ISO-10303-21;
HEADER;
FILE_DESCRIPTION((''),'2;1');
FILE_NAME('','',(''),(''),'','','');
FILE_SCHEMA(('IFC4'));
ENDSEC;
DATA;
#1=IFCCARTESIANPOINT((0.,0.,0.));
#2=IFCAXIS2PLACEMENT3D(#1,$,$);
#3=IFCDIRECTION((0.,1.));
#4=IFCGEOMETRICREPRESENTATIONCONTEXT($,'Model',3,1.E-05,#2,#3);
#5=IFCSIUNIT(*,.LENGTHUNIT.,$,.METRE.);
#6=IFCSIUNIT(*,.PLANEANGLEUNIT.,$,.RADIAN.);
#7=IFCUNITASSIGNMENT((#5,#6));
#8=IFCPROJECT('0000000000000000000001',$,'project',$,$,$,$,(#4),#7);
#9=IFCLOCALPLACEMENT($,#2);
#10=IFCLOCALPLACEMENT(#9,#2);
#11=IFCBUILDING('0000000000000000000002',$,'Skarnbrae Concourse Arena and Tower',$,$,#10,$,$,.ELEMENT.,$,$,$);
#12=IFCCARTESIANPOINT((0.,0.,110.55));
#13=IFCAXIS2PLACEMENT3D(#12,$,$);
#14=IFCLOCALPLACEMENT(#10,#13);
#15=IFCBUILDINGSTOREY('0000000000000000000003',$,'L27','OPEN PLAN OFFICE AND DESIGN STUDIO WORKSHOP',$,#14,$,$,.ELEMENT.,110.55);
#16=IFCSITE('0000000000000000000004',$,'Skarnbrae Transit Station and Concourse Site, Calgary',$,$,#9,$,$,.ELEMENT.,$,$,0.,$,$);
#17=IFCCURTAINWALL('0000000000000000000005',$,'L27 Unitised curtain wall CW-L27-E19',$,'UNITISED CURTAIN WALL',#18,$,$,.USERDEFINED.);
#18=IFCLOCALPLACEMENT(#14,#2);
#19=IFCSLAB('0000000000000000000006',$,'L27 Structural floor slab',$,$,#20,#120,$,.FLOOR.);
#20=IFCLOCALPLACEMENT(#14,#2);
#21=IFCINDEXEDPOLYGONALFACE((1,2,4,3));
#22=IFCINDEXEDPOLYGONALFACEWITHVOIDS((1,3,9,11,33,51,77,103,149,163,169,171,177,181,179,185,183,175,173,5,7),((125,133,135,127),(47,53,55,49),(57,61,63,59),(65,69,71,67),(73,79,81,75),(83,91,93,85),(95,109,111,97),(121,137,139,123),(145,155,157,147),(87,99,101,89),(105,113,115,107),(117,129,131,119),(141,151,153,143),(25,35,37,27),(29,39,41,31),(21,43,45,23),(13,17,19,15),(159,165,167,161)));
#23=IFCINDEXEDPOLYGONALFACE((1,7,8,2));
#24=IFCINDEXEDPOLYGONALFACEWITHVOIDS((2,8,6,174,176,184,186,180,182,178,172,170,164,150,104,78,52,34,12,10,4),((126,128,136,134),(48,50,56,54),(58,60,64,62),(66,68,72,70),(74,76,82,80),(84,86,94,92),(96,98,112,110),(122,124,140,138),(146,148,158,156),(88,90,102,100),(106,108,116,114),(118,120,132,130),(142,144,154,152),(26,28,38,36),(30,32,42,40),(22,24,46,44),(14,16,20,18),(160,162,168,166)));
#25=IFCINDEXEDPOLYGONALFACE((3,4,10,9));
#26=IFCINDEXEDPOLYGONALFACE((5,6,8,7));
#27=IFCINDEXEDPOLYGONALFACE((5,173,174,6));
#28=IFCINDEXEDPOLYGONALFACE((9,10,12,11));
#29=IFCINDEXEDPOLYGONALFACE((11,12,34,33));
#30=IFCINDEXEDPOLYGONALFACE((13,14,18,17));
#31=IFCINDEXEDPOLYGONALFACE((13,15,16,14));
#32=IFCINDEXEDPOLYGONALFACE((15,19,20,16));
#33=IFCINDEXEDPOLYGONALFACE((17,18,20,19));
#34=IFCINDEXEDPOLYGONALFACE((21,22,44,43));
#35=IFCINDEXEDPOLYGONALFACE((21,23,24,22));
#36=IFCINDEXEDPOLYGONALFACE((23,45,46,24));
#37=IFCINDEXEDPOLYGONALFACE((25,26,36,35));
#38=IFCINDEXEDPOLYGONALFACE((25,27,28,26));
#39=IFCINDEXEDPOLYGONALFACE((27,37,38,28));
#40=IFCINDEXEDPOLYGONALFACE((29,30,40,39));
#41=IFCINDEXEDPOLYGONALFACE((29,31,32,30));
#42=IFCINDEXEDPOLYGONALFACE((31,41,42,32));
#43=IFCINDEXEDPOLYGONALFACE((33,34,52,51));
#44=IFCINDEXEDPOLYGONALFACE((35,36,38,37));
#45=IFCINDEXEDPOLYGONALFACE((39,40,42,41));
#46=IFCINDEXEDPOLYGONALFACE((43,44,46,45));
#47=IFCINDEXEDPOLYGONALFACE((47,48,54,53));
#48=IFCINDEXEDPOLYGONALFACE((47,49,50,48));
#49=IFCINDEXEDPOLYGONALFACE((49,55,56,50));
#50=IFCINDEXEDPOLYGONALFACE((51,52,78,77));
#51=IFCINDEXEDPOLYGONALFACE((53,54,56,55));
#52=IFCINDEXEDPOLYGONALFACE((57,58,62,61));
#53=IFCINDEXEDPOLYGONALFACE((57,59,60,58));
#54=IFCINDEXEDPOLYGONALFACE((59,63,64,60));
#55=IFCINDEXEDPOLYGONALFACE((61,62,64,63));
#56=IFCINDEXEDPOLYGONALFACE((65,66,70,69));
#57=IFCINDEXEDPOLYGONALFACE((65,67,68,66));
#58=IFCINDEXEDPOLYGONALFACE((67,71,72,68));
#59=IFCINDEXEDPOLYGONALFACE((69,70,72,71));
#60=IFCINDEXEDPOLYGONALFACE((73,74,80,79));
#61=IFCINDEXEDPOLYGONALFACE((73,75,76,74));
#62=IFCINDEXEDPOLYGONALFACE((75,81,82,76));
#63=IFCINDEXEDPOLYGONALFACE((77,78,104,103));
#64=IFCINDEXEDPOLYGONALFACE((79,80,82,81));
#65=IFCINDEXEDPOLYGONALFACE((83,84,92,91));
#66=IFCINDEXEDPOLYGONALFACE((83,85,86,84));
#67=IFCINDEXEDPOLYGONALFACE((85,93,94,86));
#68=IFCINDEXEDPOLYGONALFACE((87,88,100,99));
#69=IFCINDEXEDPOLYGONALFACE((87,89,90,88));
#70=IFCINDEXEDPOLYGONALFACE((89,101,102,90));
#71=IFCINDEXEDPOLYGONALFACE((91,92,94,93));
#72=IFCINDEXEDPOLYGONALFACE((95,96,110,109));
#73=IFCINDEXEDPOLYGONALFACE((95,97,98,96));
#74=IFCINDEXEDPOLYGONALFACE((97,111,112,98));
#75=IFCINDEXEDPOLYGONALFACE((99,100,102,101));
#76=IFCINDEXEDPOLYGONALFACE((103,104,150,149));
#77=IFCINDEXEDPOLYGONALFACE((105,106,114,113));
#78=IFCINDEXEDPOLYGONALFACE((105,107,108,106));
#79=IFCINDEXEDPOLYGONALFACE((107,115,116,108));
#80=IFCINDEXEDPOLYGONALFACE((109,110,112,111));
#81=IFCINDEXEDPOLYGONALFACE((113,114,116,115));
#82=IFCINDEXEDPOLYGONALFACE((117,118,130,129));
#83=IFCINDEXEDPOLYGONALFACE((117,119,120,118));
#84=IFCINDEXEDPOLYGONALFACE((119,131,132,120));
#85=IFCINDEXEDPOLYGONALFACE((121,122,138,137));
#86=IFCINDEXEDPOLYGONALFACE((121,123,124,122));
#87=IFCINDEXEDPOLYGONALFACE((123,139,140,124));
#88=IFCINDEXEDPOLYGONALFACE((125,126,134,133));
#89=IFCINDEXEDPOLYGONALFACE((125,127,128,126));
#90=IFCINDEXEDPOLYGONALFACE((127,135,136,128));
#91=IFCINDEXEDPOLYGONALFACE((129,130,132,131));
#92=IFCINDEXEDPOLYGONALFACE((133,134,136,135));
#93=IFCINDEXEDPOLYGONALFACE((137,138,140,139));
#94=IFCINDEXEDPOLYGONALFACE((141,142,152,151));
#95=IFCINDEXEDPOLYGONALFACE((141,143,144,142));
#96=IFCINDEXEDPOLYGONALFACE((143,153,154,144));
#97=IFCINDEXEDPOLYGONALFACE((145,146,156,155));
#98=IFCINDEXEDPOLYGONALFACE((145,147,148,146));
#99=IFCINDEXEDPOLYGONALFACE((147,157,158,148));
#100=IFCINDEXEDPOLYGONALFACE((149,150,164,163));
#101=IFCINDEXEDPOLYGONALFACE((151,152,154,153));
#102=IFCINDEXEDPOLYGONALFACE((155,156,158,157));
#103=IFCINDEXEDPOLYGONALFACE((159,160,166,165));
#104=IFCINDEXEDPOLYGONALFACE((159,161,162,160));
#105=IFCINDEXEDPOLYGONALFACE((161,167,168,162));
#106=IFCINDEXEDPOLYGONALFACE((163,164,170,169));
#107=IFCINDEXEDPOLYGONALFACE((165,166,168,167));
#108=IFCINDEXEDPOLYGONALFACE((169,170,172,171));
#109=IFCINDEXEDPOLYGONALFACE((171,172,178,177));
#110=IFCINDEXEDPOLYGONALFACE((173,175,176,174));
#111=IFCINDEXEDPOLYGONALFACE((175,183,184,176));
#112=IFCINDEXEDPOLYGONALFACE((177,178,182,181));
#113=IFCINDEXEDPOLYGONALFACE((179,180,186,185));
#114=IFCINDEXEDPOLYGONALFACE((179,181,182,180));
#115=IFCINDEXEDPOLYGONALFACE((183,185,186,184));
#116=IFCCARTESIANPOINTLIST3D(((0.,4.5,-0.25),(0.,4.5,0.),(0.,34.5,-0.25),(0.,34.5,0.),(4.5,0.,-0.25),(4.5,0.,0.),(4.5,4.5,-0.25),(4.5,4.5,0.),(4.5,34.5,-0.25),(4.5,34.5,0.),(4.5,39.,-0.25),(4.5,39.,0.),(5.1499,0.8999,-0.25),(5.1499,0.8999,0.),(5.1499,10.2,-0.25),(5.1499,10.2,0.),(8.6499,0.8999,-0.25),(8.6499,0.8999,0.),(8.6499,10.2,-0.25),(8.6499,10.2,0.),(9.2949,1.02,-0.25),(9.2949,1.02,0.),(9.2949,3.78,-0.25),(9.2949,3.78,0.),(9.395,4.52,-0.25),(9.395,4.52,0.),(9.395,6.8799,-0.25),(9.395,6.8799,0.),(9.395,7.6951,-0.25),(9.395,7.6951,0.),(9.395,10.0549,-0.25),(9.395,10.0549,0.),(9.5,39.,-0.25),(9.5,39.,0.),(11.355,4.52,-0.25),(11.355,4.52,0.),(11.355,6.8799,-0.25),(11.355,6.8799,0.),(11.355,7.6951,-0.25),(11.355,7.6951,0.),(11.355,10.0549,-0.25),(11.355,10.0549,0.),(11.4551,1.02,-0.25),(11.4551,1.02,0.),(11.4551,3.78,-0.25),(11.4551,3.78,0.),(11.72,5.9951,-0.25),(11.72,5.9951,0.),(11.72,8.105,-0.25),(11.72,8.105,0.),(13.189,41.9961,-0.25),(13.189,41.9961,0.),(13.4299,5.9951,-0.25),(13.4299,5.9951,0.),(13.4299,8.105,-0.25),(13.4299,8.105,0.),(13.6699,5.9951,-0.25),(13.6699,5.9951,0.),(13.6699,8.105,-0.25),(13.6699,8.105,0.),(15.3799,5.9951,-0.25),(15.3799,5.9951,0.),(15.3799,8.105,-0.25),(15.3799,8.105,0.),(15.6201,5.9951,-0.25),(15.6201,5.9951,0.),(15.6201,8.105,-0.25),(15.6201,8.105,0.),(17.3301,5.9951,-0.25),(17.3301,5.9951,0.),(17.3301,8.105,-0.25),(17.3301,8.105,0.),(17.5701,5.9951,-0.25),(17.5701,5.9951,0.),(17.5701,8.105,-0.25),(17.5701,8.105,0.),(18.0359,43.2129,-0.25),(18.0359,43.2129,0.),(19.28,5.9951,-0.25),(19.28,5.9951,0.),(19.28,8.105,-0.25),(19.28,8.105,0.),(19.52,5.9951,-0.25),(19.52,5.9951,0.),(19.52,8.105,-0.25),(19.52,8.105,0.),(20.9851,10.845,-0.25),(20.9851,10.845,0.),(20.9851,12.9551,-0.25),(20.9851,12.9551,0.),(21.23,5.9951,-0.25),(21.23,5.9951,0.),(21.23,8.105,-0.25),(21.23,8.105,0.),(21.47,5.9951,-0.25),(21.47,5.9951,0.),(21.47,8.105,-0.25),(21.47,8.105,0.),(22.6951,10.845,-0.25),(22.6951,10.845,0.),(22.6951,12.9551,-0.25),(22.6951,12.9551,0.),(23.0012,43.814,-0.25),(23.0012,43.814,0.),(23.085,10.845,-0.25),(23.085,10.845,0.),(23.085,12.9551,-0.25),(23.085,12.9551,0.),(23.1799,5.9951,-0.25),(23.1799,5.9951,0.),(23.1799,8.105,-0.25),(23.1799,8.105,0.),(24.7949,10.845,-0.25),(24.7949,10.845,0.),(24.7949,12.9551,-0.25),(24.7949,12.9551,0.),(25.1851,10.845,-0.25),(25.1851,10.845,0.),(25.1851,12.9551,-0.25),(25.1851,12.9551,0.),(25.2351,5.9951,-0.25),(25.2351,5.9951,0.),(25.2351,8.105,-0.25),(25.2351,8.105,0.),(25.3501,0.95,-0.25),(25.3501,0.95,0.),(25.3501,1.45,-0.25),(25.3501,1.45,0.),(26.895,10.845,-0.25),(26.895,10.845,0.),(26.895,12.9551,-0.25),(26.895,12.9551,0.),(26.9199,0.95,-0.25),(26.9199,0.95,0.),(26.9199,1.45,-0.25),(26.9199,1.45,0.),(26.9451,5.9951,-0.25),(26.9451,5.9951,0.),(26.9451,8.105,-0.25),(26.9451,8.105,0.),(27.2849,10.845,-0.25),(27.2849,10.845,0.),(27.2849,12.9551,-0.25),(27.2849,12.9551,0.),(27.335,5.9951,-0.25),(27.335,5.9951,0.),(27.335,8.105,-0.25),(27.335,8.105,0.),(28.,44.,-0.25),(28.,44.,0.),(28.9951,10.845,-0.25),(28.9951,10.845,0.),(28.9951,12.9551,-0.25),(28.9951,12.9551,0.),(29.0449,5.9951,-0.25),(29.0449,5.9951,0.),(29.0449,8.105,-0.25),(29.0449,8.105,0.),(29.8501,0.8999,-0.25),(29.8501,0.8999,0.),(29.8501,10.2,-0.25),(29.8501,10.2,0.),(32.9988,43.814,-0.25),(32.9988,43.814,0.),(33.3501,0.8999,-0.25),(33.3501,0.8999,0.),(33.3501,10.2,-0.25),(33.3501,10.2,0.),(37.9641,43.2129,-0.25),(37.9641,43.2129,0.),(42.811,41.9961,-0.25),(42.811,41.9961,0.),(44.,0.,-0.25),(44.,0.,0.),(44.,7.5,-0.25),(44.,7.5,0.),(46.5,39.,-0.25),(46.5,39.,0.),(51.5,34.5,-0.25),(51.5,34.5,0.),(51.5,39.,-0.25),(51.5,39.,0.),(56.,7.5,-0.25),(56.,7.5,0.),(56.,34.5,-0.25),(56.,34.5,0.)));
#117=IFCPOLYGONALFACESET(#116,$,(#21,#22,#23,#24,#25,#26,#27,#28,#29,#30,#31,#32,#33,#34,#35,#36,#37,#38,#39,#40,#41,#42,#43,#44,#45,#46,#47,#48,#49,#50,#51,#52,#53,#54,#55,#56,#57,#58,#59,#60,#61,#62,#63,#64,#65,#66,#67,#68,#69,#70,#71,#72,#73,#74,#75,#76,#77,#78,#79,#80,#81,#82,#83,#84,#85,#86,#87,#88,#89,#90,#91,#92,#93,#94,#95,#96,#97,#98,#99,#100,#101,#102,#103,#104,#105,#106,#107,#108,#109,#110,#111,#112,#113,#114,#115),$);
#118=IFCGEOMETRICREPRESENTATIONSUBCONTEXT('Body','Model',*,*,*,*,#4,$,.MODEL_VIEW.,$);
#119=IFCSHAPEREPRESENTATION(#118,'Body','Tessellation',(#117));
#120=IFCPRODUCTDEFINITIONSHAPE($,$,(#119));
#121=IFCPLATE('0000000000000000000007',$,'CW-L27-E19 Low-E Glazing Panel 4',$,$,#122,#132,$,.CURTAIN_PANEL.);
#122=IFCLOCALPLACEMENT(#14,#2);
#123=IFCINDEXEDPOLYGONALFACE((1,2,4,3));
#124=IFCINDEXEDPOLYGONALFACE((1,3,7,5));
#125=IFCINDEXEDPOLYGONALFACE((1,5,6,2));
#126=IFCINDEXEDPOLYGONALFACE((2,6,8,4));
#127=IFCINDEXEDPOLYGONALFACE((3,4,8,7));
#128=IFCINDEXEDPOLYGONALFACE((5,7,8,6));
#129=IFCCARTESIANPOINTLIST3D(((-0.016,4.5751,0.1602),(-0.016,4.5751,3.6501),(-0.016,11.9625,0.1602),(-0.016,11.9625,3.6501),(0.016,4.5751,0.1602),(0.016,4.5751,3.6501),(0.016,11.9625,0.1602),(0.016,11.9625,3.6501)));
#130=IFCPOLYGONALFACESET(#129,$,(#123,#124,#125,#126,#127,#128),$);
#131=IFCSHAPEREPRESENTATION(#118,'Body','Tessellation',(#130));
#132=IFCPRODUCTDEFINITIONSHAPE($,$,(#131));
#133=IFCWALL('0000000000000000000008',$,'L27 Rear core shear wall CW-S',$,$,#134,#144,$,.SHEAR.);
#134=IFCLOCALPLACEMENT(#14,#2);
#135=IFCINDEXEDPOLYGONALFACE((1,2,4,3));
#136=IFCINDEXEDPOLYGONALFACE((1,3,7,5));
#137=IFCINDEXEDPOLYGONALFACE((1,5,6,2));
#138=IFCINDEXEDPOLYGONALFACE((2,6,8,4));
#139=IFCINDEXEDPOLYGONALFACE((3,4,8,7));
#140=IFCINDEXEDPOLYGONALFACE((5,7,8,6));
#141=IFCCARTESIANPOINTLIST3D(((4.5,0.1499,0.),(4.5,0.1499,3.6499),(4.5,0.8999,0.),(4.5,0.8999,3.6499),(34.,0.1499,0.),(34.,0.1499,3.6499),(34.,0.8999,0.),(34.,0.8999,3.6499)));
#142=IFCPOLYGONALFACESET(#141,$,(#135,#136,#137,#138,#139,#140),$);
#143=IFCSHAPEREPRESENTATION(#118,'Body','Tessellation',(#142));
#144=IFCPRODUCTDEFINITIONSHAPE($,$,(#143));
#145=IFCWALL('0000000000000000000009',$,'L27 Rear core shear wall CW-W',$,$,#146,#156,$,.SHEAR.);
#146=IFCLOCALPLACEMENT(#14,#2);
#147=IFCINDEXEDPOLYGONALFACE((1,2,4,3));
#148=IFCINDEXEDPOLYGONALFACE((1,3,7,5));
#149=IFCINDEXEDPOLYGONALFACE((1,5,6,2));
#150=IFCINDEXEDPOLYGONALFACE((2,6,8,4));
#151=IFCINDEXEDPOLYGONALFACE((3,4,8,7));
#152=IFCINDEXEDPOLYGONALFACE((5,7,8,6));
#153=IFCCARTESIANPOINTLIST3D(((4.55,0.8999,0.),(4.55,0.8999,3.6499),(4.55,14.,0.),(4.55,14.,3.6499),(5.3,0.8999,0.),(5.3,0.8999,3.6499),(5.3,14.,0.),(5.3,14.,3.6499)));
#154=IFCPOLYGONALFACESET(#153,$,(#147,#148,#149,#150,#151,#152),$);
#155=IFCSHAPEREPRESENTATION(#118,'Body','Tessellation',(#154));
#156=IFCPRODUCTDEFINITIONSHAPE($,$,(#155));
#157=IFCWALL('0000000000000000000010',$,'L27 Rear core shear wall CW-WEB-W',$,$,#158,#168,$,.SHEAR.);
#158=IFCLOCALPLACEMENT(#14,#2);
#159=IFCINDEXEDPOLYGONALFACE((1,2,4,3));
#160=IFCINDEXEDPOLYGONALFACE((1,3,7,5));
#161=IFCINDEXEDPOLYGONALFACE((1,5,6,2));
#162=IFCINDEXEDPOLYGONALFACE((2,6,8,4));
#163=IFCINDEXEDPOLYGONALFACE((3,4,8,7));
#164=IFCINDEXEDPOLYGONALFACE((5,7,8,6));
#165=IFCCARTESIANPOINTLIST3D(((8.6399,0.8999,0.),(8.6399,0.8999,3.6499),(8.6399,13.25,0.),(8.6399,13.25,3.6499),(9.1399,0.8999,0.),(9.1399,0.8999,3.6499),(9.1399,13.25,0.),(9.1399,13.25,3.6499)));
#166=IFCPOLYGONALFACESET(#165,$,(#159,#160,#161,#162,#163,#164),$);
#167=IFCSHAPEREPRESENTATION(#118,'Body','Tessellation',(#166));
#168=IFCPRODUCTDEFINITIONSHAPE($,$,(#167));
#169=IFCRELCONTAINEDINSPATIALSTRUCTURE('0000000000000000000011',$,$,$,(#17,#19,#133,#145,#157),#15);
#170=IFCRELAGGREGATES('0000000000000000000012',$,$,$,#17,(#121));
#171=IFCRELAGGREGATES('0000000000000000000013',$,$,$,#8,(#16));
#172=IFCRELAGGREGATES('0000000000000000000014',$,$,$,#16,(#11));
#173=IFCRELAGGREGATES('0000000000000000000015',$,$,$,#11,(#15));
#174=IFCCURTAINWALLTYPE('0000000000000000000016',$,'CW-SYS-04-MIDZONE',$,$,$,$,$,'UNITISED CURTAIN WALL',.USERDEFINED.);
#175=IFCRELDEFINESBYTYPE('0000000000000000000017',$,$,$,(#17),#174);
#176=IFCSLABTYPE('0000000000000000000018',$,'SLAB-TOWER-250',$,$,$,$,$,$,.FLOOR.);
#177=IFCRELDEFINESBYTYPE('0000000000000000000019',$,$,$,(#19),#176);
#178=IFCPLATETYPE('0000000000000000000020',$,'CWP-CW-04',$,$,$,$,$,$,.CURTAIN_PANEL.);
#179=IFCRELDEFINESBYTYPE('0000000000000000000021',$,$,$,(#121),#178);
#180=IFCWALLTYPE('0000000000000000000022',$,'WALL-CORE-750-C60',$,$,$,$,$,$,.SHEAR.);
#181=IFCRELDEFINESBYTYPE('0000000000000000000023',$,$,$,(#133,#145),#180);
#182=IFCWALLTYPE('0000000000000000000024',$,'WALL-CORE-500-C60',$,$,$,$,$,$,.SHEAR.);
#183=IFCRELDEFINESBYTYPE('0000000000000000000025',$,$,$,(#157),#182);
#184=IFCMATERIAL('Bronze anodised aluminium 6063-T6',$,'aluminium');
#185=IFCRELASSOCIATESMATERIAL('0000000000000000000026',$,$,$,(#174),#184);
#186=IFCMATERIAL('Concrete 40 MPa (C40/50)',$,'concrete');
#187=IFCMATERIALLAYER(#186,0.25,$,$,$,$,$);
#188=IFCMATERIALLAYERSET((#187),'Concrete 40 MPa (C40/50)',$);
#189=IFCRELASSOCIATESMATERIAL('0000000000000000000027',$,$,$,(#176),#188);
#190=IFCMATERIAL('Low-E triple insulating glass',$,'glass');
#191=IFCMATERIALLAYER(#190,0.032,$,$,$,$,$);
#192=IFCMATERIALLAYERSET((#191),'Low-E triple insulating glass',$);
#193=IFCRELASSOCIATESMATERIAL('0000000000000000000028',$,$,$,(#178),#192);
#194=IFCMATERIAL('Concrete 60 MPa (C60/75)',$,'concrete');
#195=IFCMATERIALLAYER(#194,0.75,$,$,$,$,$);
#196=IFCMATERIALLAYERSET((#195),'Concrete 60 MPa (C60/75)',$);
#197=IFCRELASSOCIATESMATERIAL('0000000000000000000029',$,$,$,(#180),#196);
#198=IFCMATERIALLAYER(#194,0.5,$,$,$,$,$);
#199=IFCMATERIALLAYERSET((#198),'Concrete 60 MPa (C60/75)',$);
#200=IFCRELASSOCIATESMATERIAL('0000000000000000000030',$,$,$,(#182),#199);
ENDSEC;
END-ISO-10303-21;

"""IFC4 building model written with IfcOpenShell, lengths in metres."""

from ifc_helpers import new_model, si_unit, direction, frame, frame_2d, origin, origin_2d, place, context, subcontext, project, spatial, polyline, rectangle, outline, extrude, source, transform, mapped, material, layer, layer_set, type_object, element, aggregate, save


model = new_model("IFC4")

# Units and contexts
model_context = context("Model", 3, precision=1e-05, world=origin(), true_north=direction((0.0, 1.0)))
body_context = subcontext(model_context, "Body", "Model", "MODEL_VIEW")
ifc_project = project(units=[si_unit("LENGTHUNIT", "METRE"), si_unit("PLANEANGLEUNIT", "RADIAN")], contexts=[model_context])

# Site, building, storey
site_placement = place(None, origin())
site = spatial("IfcSite", under=ifc_project, at=site_placement, Name="Skarnbrae Transit Station and Concourse Site, Calgary", CompositionType="ELEMENT", RefElevation=0.0)
building_placement = place(site_placement, origin())
building = spatial("IfcBuilding", under=site, at=building_placement, Name="Skarnbrae Concourse Arena and Tower", CompositionType="ELEMENT")
storey_placement = place(building_placement, frame((0.0, 0.0, 110.55)))
storey = spatial("IfcBuildingStorey", under=building, at=storey_placement, Name="L27", Description="OPEN PLAN OFFICE AND DESIGN STUDIO WORKSHOP", CompositionType="ELEMENT", Elevation=110.55)

# Curtain wall
ifc_material_1 = material(Name="Bronze anodised aluminium 6063-T6", Category="aluminium")
curtain_wall_type = type_object("IfcCurtainWallType", Name="CW-SYS-04-MIDZONE", ElementType="UNITISED CURTAIN WALL", PredefinedType="USERDEFINED", material=ifc_material_1)
curtain_wall_placement = place(storey_placement, origin())
curtain_wall = element("IfcCurtainWall", 1, at=curtain_wall_placement, inside=storey, type_object=curtain_wall_type, Name="L27 Unitised curtain wall CW-L27-E19", ObjectType="UNITISED CURTAIN WALL", PredefinedType="USERDEFINED")

# Shared definitions
ifc_material_2 = material(Name="Concrete 40 MPa (C40/50)", Category="concrete")

# Slab
ifc_layer_1 = layer(ifc_material_2, 0.25)
ifc_layer_set_1 = layer_set([ifc_layer_1], Name="Concrete 40 MPa (C40/50)")
slab_type_1 = type_object("IfcSlabType", Name="SLAB-TOWER-250", PredefinedType="FLOOR", material=ifc_layer_set_1)
slab_1_placement = place(storey_placement, frame((0.0, 0.0, -0.25)))
element("IfcSlab", 2, at=slab_1_placement, inside=storey, type_object=slab_type_1, Name="L27 Structural floor slab", PredefinedType="FLOOR", context=body_context, shape_type="SweptSolid", body=[
    extrude(outline(polyline([(4.5, 0.0), (44.0, 0.0), (44.0, 7.5), (56.0, 7.5), (56.0, 34.5), (51.5, 34.5), (51.5, 39.0), (46.5, 39.0), (42.811, 41.9961), (37.9641, 43.2129), (32.9988, 43.814), (28.0, 44.0), (23.0012, 43.814), (18.0359, 43.2129), (13.189, 41.9961), (9.5, 39.0), (4.5, 39.0), (4.5, 34.5), (0.0, 34.5), (0.0, 4.5), (4.5, 4.5), (4.5, 0.0)]), holes=[polyline([(9.2949, 3.78), (11.4551, 3.78), (11.4551, 1.02), (9.2949, 1.02), (9.2949, 3.78)]), polyline([(8.6499, 10.2), (8.6499, 0.8999), (5.1499, 0.8999), (5.1499, 10.2), (8.6499, 10.2)]), polyline([(9.395, 6.8799), (11.355, 6.8799), (11.355, 4.52), (9.395, 4.52), (9.395, 6.8799)]), polyline([(11.72, 8.105), (13.4299, 8.105), (13.4299, 5.9951), (11.72, 5.9951), (11.72, 8.105)]), polyline([(13.6699, 8.105), (15.3799, 8.105), (15.3799, 5.9951), (13.6699, 5.9951), (13.6699, 8.105)]), polyline([(15.6201, 8.105), (17.3301, 8.105), (17.3301, 5.9951), (15.6201, 5.9951), (15.6201, 8.105)]), polyline([(17.5701, 8.105), (19.28, 8.105), (19.28, 5.9951), (17.5701, 5.9951), (17.5701, 8.105)]), polyline([(21.23, 8.105), (21.23, 5.9951), (19.52, 5.9951), (19.52, 8.105), (21.23, 8.105)]), polyline([(11.355, 10.0549), (11.355, 7.6951), (9.395, 7.6951), (9.395, 10.0549), (11.355, 10.0549)]), polyline([(25.3501, 1.45), (26.9199, 1.45), (26.9199, 0.95), (25.3501, 0.95), (25.3501, 1.45)]), polyline([(33.3501, 10.2), (33.3501, 0.8999), (29.8501, 0.8999), (29.8501, 10.2), (33.3501, 10.2)]), polyline([(21.47, 8.105), (23.1799, 8.105), (23.1799, 5.9951), (21.47, 5.9951), (21.47, 8.105)]), polyline([(25.2351, 8.105), (26.9451, 8.105), (26.9451, 5.9951), (25.2351, 5.9951), (25.2351, 8.105)]), polyline([(27.335, 8.105), (29.0449, 8.105), (29.0449, 5.9951), (27.335, 5.9951), (27.335, 8.105)]), polyline([(20.9851, 12.9551), (22.6951, 12.9551), (22.6951, 10.845), (20.9851, 10.845), (20.9851, 12.9551)]), polyline([(23.085, 12.9551), (24.7949, 12.9551), (24.7949, 10.845), (23.085, 10.845), (23.085, 12.9551)]), polyline([(26.895, 12.9551), (26.895, 10.845), (25.1851, 10.845), (25.1851, 12.9551), (26.895, 12.9551)]), polyline([(28.9951, 12.9551), (28.9951, 10.845), (27.2849, 10.845), (27.2849, 12.9551), (28.9951, 12.9551)])]), origin(), (0.0, 0.0, 1.0), 0.25),
])

# Plate
ifc_material_3 = material(Name="Low-E triple insulating glass", Category="glass")
ifc_layer_2 = layer(ifc_material_3, 0.032)
ifc_layer_set_2 = layer_set([ifc_layer_2], Name="Low-E triple insulating glass")
plate_type = type_object("IfcPlateType", Name="CWP-CW-04", PredefinedType="CURTAIN_PANEL", material=ifc_layer_set_2)
shared_shape_1 = source(origin(), body_context, "Body", "SweptSolid", [
    extrude(rectangle(XDim=7.3875, YDim=0.032, at=origin_2d()), origin(), (0.0, 0.0, 1.0), 3.49),
])
plate_placement = place(storey_placement, frame((0.0, 8.2688, 0.1602), z_axis=(0.0, 0.0, 1.0), x_axis=(0.0, -1.0, 0.0)))
plate = element("IfcPlate", 3, at=plate_placement, type_object=plate_type, Name="CW-L27-E19 Low-E Glazing Panel 4", PredefinedType="CURTAIN_PANEL", context=body_context, shape_type="MappedRepresentation", body=[
    mapped(shared_shape_1, transform((0.0, 0.0, 0.0))),
])
aggregate(curtain_wall, [plate])

# Walls
ifc_material_4 = material(Name="Concrete 60 MPa (C60/75)", Category="concrete")
ifc_layer_3 = layer(ifc_material_4, 0.75)
ifc_layer_set_3 = layer_set([ifc_layer_3], Name="Concrete 60 MPa (C60/75)")
wall_type_1 = type_object("IfcWallType", Name="WALL-CORE-750-C60", PredefinedType="SHEAR", material=ifc_layer_set_3)
shared_shape_2 = source(origin(), body_context, "Body", "SweptSolid", [
    extrude(rectangle(XDim=29.5, YDim=0.75, at=frame_2d((14.75, 0.0))), origin(), (0.0, 0.0, 1.0), 3.6499),
])
wall_1_placement = place(storey_placement, frame((4.5, 0.5249, 0.0), z_axis=(0.0, 0.0, 1.0), x_axis=(1.0, 0.0, 0.0)))
element("IfcWall", 4, at=wall_1_placement, inside=storey, type_object=wall_type_1, Name="L27 Rear core shear wall CW-S", PredefinedType="SHEAR", context=body_context, shape_type="MappedRepresentation", body=[
    mapped(shared_shape_2, transform((0.0, 0.0, 0.0))),
])
shared_shape_3 = source(origin(), body_context, "Body", "SweptSolid", [
    extrude(rectangle(XDim=13.1001, YDim=0.75, at=frame_2d((6.55, 0.0))), origin(), (0.0, 0.0, 1.0), 3.6499),
])
wall_2_placement = place(storey_placement, frame((4.925, 0.8999, 0.0), z_axis=(0.0, 0.0, 1.0), x_axis=(0.0, 1.0, 0.0)))
element("IfcWall", 5, at=wall_2_placement, inside=storey, type_object=wall_type_1, Name="L27 Rear core shear wall CW-W", PredefinedType="SHEAR", context=body_context, shape_type="MappedRepresentation", body=[
    mapped(shared_shape_3, transform((0.0, 0.0, 0.0))),
])
ifc_layer_4 = layer(ifc_material_4, 0.5)
ifc_layer_set_4 = layer_set([ifc_layer_4], Name="Concrete 60 MPa (C60/75)")
wall_type_2 = type_object("IfcWallType", Name="WALL-CORE-500-C60", PredefinedType="SHEAR", material=ifc_layer_set_4)
shared_shape_4 = source(origin(), body_context, "Body", "SweptSolid", [
    extrude(rectangle(XDim=12.3501, YDim=0.5, at=frame_2d((6.175, 0.0))), origin(), (0.0, 0.0, 1.0), 3.6499),
])
wall_3_placement = place(storey_placement, frame((8.8899, 0.8999, 0.0), z_axis=(0.0, 0.0, 1.0), x_axis=(0.0, 1.0, 0.0)))
element("IfcWall", 6, at=wall_3_placement, inside=storey, type_object=wall_type_2, Name="L27 Rear core shear wall CW-WEB-W", PredefinedType="SHEAR", context=body_context, shape_type="MappedRepresentation", body=[
    mapped(shared_shape_4, transform((0.0, 0.0, 0.0))),
])

save(model, "model.ifc")
